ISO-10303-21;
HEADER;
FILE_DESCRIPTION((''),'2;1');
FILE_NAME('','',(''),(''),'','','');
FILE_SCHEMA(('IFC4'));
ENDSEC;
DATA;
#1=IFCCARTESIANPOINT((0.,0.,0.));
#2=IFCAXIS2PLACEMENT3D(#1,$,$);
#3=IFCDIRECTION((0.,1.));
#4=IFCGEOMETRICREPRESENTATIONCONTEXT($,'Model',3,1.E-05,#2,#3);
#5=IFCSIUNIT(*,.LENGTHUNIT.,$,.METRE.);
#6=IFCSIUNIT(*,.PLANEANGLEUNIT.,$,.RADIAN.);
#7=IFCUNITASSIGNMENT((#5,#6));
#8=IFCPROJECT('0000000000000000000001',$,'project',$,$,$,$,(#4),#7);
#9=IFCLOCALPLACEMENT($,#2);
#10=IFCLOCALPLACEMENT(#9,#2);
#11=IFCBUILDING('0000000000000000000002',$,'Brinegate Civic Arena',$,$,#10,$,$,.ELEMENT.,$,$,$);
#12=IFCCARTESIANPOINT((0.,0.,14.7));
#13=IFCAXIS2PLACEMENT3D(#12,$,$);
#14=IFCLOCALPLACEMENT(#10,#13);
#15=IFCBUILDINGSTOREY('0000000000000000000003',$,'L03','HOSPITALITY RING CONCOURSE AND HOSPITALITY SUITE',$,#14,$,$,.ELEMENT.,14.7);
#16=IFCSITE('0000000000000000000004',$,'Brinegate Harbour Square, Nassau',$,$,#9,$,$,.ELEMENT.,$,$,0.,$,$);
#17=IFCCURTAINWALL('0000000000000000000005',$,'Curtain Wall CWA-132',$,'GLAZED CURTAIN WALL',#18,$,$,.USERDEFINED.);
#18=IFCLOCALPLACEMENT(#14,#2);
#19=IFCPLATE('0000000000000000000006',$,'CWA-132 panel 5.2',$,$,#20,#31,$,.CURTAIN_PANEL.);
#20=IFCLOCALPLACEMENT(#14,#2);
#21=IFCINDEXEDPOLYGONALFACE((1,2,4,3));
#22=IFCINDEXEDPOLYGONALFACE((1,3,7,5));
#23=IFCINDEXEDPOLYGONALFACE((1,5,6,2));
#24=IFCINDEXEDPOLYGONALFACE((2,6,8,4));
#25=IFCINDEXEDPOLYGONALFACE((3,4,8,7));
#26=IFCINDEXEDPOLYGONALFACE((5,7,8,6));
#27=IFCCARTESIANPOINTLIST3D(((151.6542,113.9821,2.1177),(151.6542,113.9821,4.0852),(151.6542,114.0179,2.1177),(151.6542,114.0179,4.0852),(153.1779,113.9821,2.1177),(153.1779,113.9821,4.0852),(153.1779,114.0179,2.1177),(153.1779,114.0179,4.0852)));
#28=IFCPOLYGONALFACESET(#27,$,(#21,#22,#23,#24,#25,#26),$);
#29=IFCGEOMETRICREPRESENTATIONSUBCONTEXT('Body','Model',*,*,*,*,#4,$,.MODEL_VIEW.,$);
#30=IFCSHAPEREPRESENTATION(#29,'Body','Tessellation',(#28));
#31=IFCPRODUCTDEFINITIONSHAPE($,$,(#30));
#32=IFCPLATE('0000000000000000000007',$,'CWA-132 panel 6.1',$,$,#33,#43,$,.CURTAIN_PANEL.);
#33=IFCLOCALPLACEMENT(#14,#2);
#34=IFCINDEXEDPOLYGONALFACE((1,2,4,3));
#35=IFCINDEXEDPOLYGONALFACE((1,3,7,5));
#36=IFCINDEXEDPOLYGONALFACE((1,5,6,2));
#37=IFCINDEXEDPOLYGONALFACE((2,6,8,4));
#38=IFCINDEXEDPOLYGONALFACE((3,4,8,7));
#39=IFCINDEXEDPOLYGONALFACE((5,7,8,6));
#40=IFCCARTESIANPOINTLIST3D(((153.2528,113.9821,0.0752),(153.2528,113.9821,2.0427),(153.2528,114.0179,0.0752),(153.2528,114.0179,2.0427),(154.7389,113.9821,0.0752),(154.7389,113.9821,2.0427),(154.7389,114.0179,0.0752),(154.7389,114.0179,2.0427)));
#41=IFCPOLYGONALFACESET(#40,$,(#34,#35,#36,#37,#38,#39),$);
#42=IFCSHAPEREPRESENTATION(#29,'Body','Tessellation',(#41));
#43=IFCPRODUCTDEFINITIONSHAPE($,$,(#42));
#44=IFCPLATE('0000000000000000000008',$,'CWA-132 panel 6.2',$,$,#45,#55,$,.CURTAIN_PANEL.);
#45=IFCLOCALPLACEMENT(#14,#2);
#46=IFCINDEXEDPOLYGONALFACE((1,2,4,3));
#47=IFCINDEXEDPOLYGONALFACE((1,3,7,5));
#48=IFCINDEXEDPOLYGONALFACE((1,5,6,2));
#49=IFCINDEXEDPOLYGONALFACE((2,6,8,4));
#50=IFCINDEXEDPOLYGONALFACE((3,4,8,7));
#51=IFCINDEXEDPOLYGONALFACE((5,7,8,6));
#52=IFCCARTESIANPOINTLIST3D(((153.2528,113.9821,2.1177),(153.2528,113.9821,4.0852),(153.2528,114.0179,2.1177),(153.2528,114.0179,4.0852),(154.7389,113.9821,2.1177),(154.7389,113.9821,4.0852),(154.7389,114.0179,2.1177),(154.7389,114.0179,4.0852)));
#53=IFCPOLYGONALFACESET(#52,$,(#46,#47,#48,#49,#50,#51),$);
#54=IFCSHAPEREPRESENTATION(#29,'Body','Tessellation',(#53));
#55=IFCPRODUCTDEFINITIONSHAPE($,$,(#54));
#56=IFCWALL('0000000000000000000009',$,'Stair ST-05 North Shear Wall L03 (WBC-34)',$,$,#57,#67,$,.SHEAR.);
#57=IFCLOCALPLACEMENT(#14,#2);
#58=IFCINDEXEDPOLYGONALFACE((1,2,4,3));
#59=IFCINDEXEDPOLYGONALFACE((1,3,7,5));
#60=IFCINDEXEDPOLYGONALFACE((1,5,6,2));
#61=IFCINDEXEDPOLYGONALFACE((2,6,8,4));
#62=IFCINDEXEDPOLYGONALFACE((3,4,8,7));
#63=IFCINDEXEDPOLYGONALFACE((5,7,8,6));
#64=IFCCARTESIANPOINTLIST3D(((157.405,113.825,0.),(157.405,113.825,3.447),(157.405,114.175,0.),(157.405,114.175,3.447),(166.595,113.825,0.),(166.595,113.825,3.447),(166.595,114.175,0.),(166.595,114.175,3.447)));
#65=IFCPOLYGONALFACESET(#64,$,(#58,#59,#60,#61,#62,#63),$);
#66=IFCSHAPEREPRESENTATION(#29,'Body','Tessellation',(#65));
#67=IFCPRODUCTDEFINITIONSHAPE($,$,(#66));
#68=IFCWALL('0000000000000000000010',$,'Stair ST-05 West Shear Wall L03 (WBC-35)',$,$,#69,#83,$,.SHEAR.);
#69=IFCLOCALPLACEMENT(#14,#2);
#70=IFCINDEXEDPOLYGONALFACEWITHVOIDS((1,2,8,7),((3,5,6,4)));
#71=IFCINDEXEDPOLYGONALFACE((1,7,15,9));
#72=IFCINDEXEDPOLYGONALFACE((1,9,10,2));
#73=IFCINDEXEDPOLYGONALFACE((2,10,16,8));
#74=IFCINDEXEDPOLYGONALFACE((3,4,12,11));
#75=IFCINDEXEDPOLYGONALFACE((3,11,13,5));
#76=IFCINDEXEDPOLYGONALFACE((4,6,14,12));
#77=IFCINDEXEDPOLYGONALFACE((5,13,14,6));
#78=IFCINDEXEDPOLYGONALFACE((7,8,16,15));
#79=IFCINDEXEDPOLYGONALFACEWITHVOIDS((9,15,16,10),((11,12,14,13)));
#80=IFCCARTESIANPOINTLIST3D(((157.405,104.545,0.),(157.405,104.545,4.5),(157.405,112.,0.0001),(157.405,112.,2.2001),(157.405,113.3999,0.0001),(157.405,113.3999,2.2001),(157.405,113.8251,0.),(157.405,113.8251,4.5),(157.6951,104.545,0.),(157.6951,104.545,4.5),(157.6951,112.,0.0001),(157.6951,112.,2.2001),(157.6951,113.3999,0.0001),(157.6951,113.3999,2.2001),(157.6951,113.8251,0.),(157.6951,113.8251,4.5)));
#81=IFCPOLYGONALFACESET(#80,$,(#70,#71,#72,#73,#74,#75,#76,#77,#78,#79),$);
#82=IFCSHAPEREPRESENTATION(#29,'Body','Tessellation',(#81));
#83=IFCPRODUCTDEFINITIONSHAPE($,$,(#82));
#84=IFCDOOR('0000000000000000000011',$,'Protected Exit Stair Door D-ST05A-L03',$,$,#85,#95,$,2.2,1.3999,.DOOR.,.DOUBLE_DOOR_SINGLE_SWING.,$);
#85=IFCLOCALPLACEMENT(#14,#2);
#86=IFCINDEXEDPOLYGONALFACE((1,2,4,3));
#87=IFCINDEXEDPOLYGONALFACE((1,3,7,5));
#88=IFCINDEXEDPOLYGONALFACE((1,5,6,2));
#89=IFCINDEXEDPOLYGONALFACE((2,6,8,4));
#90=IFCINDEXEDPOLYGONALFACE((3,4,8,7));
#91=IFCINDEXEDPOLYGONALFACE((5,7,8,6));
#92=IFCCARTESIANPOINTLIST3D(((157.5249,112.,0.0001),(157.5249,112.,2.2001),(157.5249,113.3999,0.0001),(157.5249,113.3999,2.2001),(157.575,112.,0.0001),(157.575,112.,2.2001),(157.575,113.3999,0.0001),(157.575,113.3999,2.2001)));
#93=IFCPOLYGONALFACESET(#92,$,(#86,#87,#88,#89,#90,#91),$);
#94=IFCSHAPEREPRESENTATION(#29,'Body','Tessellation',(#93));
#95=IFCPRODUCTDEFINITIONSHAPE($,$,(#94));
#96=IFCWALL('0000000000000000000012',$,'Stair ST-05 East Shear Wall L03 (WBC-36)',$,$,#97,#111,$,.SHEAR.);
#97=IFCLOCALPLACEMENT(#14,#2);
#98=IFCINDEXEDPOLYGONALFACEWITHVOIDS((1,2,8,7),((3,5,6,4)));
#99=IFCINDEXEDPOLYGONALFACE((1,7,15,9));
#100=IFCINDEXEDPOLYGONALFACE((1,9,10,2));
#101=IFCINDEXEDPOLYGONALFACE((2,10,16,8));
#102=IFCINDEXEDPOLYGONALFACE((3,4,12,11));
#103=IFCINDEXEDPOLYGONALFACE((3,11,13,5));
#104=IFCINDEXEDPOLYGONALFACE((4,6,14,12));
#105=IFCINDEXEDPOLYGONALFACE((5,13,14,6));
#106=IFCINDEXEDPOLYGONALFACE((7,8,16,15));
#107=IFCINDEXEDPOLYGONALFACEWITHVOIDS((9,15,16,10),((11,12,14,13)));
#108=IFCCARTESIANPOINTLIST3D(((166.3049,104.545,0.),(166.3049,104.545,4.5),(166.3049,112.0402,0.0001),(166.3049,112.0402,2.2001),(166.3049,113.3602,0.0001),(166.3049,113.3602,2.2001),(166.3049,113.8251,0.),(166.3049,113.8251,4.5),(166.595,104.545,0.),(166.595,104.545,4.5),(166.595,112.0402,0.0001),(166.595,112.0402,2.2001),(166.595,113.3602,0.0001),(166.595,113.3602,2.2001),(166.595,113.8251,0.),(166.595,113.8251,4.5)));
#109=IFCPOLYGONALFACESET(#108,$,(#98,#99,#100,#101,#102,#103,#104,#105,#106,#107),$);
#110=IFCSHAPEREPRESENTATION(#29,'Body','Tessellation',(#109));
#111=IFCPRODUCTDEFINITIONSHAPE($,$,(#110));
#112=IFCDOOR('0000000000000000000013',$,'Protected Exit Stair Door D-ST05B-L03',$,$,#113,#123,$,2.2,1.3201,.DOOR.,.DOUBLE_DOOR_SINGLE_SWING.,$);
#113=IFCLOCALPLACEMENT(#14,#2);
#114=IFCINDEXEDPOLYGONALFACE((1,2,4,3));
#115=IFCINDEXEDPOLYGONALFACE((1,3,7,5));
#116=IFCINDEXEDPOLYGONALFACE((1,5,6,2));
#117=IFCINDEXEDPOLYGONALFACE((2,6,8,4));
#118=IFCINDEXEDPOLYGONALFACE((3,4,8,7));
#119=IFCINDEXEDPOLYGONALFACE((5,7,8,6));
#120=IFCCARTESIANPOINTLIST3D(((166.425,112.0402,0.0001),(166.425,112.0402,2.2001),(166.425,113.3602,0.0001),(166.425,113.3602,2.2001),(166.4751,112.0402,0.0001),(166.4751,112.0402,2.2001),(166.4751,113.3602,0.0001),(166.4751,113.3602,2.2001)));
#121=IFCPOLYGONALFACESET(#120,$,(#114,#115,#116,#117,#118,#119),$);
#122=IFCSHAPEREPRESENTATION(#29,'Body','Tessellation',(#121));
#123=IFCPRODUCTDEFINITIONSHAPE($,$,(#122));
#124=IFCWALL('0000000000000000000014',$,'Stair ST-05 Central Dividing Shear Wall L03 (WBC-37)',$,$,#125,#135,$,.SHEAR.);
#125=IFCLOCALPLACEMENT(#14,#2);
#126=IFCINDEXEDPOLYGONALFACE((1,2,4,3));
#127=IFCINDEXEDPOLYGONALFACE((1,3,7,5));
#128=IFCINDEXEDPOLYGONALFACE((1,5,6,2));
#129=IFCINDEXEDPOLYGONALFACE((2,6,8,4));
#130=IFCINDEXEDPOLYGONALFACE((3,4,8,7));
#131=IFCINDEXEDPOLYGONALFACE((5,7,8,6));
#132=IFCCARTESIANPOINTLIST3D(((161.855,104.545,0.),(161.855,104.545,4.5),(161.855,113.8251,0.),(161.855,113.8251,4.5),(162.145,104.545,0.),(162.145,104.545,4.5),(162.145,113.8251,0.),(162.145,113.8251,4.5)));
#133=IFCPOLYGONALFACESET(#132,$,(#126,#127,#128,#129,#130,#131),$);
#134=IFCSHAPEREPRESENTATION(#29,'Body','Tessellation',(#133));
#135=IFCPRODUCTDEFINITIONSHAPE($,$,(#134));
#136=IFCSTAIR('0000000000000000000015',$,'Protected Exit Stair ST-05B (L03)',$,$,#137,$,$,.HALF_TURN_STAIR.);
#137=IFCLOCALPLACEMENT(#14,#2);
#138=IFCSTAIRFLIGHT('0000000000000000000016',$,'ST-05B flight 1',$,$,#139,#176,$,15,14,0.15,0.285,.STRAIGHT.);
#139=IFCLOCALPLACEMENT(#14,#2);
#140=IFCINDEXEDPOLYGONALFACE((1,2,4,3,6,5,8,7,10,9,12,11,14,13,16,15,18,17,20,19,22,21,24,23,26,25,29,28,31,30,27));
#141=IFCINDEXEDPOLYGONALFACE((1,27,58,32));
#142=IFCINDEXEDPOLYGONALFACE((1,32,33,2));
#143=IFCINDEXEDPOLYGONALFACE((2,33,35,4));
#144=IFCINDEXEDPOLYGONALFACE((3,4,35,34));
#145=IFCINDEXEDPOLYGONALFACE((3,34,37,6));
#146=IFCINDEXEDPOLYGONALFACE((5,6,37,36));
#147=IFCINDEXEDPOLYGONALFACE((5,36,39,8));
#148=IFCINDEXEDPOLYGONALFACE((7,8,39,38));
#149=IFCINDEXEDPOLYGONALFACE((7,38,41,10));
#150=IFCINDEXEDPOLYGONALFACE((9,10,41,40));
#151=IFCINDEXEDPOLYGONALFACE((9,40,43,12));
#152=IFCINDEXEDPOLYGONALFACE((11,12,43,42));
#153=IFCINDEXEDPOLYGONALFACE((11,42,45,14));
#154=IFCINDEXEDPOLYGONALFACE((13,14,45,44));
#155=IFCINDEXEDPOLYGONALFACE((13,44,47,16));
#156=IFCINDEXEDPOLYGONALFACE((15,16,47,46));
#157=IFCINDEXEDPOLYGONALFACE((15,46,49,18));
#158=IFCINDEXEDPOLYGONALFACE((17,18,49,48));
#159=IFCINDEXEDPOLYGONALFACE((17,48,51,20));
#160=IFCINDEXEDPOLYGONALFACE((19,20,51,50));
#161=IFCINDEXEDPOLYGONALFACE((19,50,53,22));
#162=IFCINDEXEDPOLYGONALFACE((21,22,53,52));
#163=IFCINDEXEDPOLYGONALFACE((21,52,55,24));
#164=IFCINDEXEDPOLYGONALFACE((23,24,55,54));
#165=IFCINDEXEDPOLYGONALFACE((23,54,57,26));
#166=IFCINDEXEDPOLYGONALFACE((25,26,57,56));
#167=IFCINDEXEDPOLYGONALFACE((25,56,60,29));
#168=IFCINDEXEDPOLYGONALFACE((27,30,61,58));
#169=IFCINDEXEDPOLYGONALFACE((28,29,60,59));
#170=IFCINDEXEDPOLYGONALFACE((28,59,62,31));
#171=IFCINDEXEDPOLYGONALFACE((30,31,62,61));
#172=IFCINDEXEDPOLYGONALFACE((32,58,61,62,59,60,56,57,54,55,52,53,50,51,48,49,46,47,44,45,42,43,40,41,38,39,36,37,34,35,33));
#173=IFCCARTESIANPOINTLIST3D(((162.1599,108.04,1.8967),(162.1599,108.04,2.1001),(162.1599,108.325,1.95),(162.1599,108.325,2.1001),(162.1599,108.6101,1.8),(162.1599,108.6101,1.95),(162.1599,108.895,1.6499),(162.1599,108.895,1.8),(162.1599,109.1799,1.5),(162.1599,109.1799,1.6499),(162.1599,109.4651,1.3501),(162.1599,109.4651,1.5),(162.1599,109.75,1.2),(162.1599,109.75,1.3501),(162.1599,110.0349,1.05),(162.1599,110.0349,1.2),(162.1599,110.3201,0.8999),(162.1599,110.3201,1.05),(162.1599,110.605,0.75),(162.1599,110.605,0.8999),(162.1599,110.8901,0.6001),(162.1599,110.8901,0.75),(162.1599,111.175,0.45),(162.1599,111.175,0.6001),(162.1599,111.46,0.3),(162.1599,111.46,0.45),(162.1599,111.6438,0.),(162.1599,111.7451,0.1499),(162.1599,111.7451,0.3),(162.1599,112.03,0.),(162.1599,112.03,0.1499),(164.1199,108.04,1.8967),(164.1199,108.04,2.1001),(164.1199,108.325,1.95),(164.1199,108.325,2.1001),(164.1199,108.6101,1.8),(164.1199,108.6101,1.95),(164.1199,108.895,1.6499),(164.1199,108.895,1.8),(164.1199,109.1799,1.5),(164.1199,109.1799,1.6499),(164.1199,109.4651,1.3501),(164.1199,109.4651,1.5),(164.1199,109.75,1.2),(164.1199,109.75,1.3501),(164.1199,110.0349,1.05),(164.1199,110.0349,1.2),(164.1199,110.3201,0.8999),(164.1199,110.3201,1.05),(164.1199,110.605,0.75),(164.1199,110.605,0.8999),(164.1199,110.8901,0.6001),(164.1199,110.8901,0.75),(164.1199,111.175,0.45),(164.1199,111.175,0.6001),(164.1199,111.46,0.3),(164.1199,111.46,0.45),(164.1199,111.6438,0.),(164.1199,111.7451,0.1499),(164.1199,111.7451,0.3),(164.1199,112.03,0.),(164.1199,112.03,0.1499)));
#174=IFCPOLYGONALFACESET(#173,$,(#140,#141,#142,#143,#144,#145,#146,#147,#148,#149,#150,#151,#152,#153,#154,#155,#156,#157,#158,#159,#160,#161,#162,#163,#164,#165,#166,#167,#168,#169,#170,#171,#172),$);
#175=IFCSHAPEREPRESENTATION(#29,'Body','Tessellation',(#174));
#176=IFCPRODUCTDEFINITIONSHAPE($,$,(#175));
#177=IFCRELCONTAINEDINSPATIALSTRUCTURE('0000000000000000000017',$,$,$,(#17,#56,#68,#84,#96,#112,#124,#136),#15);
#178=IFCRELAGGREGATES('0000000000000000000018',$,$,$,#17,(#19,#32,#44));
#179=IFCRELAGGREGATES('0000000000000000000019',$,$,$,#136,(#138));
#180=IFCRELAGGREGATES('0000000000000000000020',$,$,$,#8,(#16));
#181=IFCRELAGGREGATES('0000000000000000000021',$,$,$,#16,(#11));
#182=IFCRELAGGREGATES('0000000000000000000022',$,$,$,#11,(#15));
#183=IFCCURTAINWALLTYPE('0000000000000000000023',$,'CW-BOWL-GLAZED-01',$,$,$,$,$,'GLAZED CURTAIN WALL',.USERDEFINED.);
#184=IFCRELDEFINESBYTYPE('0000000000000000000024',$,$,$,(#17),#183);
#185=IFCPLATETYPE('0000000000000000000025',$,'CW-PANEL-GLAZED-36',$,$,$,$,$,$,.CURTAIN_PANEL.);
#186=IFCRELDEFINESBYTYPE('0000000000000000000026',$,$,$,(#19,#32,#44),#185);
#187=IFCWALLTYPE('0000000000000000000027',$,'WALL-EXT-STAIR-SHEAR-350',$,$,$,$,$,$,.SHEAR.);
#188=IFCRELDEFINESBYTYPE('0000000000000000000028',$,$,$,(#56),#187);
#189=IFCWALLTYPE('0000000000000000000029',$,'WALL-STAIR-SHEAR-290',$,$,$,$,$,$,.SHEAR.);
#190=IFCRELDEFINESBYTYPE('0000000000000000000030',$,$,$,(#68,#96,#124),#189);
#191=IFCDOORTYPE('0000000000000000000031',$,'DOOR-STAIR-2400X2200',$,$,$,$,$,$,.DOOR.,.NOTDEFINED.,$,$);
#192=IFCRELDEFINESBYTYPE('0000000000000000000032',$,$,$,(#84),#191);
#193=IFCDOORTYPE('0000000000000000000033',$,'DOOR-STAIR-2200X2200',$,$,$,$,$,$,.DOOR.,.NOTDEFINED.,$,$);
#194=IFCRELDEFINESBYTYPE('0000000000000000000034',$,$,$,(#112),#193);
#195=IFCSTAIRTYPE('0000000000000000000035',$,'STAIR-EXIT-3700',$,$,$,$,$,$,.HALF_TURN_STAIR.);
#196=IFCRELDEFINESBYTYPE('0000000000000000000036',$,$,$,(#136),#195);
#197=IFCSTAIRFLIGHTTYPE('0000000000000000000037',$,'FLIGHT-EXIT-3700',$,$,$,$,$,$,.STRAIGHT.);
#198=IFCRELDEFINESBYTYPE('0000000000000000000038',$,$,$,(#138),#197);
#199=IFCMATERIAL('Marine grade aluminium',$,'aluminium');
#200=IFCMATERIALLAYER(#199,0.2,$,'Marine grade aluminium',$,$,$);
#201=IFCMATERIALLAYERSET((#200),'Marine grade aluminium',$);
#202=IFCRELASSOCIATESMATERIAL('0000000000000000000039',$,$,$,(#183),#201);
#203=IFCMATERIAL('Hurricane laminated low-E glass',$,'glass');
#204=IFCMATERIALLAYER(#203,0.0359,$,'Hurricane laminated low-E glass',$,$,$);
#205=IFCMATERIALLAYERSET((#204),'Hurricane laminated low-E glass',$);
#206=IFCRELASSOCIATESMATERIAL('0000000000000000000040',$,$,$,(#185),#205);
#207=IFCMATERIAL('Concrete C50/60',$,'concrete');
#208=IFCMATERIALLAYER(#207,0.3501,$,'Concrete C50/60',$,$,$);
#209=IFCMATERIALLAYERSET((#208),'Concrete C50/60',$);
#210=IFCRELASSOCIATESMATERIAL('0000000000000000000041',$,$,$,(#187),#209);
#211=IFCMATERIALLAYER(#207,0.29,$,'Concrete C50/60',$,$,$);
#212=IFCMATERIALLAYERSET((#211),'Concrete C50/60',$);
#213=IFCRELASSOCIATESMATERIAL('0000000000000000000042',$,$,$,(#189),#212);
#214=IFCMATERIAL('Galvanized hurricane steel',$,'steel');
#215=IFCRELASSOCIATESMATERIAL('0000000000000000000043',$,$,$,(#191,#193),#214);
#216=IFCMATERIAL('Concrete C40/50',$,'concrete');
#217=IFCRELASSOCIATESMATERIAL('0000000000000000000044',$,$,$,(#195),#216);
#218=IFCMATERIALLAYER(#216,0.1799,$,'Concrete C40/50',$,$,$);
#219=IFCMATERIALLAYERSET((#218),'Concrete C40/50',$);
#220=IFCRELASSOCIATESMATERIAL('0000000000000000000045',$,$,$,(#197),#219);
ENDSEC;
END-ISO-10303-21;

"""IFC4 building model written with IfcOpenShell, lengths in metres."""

from ifc_helpers import new_model, si_unit, direction, frame, frame_2d, origin, origin_2d, place, context, subcontext, project, spatial, polyline, rectangle, outline, extrude, material, layer, layer_set, type_object, element, fill, aggregate, save


model = new_model("IFC4")

# Units and contexts
model_context = context("Model", 3, precision=1e-05, world=origin(), true_north=direction((0.0, 1.0)))
body_context = subcontext(model_context, "Body", "Model", "MODEL_VIEW")
ifc_project = project(units=[si_unit("LENGTHUNIT", "METRE"), si_unit("PLANEANGLEUNIT", "RADIAN")], contexts=[model_context])

# Site, building, storey
site_placement = place(None, origin())
site = spatial("IfcSite", under=ifc_project, at=site_placement, Name="Brinegate Harbour Square, Nassau", CompositionType="ELEMENT", RefElevation=0.0)
building_placement = place(site_placement, origin())
building = spatial("IfcBuilding", under=site, at=building_placement, Name="Brinegate Civic Arena", CompositionType="ELEMENT")
storey_placement = place(building_placement, frame((0.0, 0.0, 14.7)))
storey = spatial("IfcBuildingStorey", under=building, at=storey_placement, Name="L03", Description="HOSPITALITY RING CONCOURSE AND HOSPITALITY SUITE", CompositionType="ELEMENT", Elevation=14.7)

# Shared definitions
ifc_material_1 = material(Name="Concrete C50/60", Category="concrete")

# Curtain wall
ifc_material_2 = material(Name="Marine grade aluminium", Category="aluminium")
ifc_layer_1 = layer(ifc_material_2, 0.2, Name="Marine grade aluminium")
ifc_layer_set_1 = layer_set([ifc_layer_1], Name="Marine grade aluminium")
curtain_wall_type = type_object("IfcCurtainWallType", Name="CW-BOWL-GLAZED-01", ElementType="GLAZED CURTAIN WALL", PredefinedType="USERDEFINED", material=ifc_layer_set_1)
curtain_wall_placement = place(storey_placement, origin())
curtain_wall = element("IfcCurtainWall", 1, at=curtain_wall_placement, inside=storey, type_object=curtain_wall_type, Name="Curtain Wall CWA-132", ObjectType="GLAZED CURTAIN WALL", PredefinedType="USERDEFINED")

# Plates
ifc_material_3 = material(Name="Hurricane laminated low-E glass", Category="glass")
ifc_layer_2 = layer(ifc_material_3, 0.0359, Name="Hurricane laminated low-E glass")
ifc_layer_set_2 = layer_set([ifc_layer_2], Name="Hurricane laminated low-E glass")
plate_type = type_object("IfcPlateType", Name="CW-PANEL-GLAZED-36", PredefinedType="CURTAIN_PANEL", material=ifc_layer_set_2)
plate_1_placement = place(storey_placement, frame((152.416, 114.0, 2.1177), z_axis=(0.0, 0.0, 1.0), x_axis=(1.0, 0.0, 0.0)))
plate_1 = element("IfcPlate", 2, at=plate_1_placement, type_object=plate_type, Name="CWA-132 panel 5.2", PredefinedType="CURTAIN_PANEL", context=body_context, shape_type="SweptSolid", body=[
    extrude(rectangle(XDim=1.5237, YDim=0.0359, at=origin_2d()), origin(), (0.0, 0.0, 1.0), 1.9675),
])
plate_2_placement = place(storey_placement, frame((153.9958, 114.0, 0.0752), z_axis=(0.0, 0.0, 1.0), x_axis=(1.0, 0.0, 0.0)))
plate_2 = element("IfcPlate", 3, at=plate_2_placement, type_object=plate_type, Name="CWA-132 panel 6.1", PredefinedType="CURTAIN_PANEL", context=body_context, shape_type="SweptSolid", body=[
    extrude(rectangle(XDim=1.4861, YDim=0.0359, at=origin_2d()), origin(), (0.0, 0.0, 1.0), 1.9675),
])
plate_3_placement = place(storey_placement, frame((153.9958, 114.0, 2.1177), z_axis=(0.0, 0.0, 1.0), x_axis=(1.0, 0.0, 0.0)))
plate_3 = element("IfcPlate", 4, at=plate_3_placement, type_object=plate_type, Name="CWA-132 panel 6.2", PredefinedType="CURTAIN_PANEL", context=body_context, shape_type="SweptSolid", body=[
    extrude(rectangle(XDim=1.4861, YDim=0.0359, at=origin_2d()), origin(), (0.0, 0.0, 1.0), 1.9675),
])
aggregate(curtain_wall, [plate_1, plate_2, plate_3])

# Wall
ifc_layer_3 = layer(ifc_material_1, 0.3501, Name="Concrete C50/60")
ifc_layer_set_3 = layer_set([ifc_layer_3], Name="Concrete C50/60")
wall_type_1 = type_object("IfcWallType", Name="WALL-EXT-STAIR-SHEAR-350", PredefinedType="SHEAR", material=ifc_layer_set_3)
wall_1_placement = place(storey_placement, frame((157.405, 114.0, 0.0), z_axis=(0.0, 0.0, 1.0), x_axis=(1.0, 0.0, 0.0)))
element("IfcWall", 5, at=wall_1_placement, inside=storey, type_object=wall_type_1, Name="Stair ST-05 North Shear Wall L03 (WBC-34)", PredefinedType="SHEAR", context=body_context, shape_type="SweptSolid", body=[
    extrude(rectangle(XDim=9.1899, YDim=0.3501, at=frame_2d((4.595, 0.0))), origin(), (0.0, 0.0, 1.0), 3.447),
])

# Walls, openings, doors
ifc_layer_4 = layer(ifc_material_1, 0.29, Name="Concrete C50/60")
ifc_layer_set_4 = layer_set([ifc_layer_4], Name="Concrete C50/60")
wall_type_2 = type_object("IfcWallType", Name="WALL-STAIR-SHEAR-290", PredefinedType="SHEAR", material=ifc_layer_set_4)
wall_2_placement = place(storey_placement, frame((157.55, 104.5449, 0.0), z_axis=(0.0, 0.0, 1.0), x_axis=(0.0, 1.0, 0.0)))
wall_2 = element("IfcWall", 6, at=wall_2_placement, inside=storey, type_object=wall_type_2, Name="Stair ST-05 West Shear Wall L03 (WBC-35)", PredefinedType="SHEAR", context=body_context, shape_type="SweptSolid", body=[
    extrude(rectangle(XDim=9.28, YDim=0.29, at=frame_2d((4.6401, 0.0))), origin(), (0.0, 0.0, 1.0), 4.5),
])
opening_1_placement = place(wall_2_placement, frame((7.4551, 0.0, 0.0)))
opening_1 = element("IfcOpeningElement", 7, at=opening_1_placement, cuts=wall_2, PredefinedType="OPENING", context=body_context, shape_type="SweptSolid", body=[
    extrude(rectangle(XDim=1.3999, YDim=2.2, at=frame_2d((0.7, 1.1001))), frame((0.0, 0.155, 0.0), z_axis=(0.0, -1.0, 0.0), x_axis=(1.0, 0.0, 0.0)), (0.0, 0.0, 1.0), 0.3101),
])
ifc_material_4 = material(Name="Galvanized hurricane steel", Category="steel")
door_type_1 = type_object("IfcDoorType", Name="DOOR-STAIR-2400X2200", OperationType="NOTDEFINED", PredefinedType="DOOR", material=ifc_material_4)
door_1_placement = place(opening_1_placement, frame((1.3999, 0.0, 0.0), z_axis=(0.0, 0.0, 1.0), x_axis=(-1.0, 0.0, 0.0)))
door_1 = element("IfcDoor", 8, at=door_1_placement, inside=storey, type_object=door_type_1, Name="Protected Exit Stair Door D-ST05A-L03", OperationType="DOUBLE_DOOR_SINGLE_SWING", OverallHeight=2.2, OverallWidth=1.3999, PredefinedType="DOOR", context=body_context, shape_type="SweptSolid", body=[
    extrude(rectangle(XDim=1.3999, YDim=2.2, at=frame_2d((0.7, 1.1001))), frame((0.0, 0.0249, 0.0), z_axis=(0.0, -1.0, 0.0), x_axis=(1.0, 0.0, 0.0)), (0.0, 0.0, 1.0), 0.05),
])
fill(opening_1, door_1)
wall_3_placement = place(storey_placement, frame((166.45, 104.5449, 0.0), z_axis=(0.0, 0.0, 1.0), x_axis=(0.0, 1.0, 0.0)))
wall_3 = element("IfcWall", 9, at=wall_3_placement, inside=storey, type_object=wall_type_2, Name="Stair ST-05 East Shear Wall L03 (WBC-36)", PredefinedType="SHEAR", context=body_context, shape_type="SweptSolid", body=[
    extrude(rectangle(XDim=9.28, YDim=0.29, at=frame_2d((4.6401, 0.0))), origin(), (0.0, 0.0, 1.0), 4.5),
])
opening_2_placement = place(wall_3_placement, frame((7.4951, 0.0, 0.0)))
opening_2 = element("IfcOpeningElement", 10, at=opening_2_placement, cuts=wall_3, PredefinedType="OPENING", context=body_context, shape_type="SweptSolid", body=[
    extrude(rectangle(XDim=1.3201, YDim=2.2, at=frame_2d((0.6602, 1.1001))), frame((0.0, 0.155, 0.0), z_axis=(0.0, -1.0, 0.0), x_axis=(1.0, 0.0, 0.0)), (0.0, 0.0, 1.0), 0.3101),
])
door_type_2 = type_object("IfcDoorType", Name="DOOR-STAIR-2200X2200", OperationType="NOTDEFINED", PredefinedType="DOOR", material=ifc_material_4)
door_2_placement = place(opening_2_placement, origin())
door_2 = element("IfcDoor", 11, at=door_2_placement, inside=storey, type_object=door_type_2, Name="Protected Exit Stair Door D-ST05B-L03", OperationType="DOUBLE_DOOR_SINGLE_SWING", OverallHeight=2.2, OverallWidth=1.3201, PredefinedType="DOOR", context=body_context, shape_type="SweptSolid", body=[
    extrude(rectangle(XDim=1.3201, YDim=2.2, at=frame_2d((0.6602, 1.1001))), frame((0.0, 0.0249, 0.0), z_axis=(0.0, -1.0, 0.0), x_axis=(1.0, 0.0, 0.0)), (0.0, 0.0, 1.0), 0.05),
])
fill(opening_2, door_2)

# Wall
wall_4_placement = place(storey_placement, frame((162.0, 104.5449, 0.0), z_axis=(0.0, 0.0, 1.0), x_axis=(0.0, 1.0, 0.0)))
element("IfcWall", 12, at=wall_4_placement, inside=storey, type_object=wall_type_2, Name="Stair ST-05 Central Dividing Shear Wall L03 (WBC-37)", PredefinedType="SHEAR", context=body_context, shape_type="SweptSolid", body=[
    extrude(rectangle(XDim=9.28, YDim=0.29, at=frame_2d((4.6401, 0.0))), origin(), (0.0, 0.0, 1.0), 4.5),
])

# Stair, stair flight
ifc_material_5 = material(Name="Concrete C40/50", Category="concrete")
stair_type_1 = type_object("IfcStairType", Name="STAIR-EXIT-3700", PredefinedType="HALF_TURN_STAIR", material=ifc_material_5)
stair_1_placement = place(storey_placement, origin())
stair_1 = element("IfcStair", 13, at=stair_1_placement, inside=storey, type_object=stair_type_1, Name="Protected Exit Stair ST-05B (L03)", PredefinedType="HALF_TURN_STAIR")
ifc_layer_5 = layer(ifc_material_5, 0.1799, Name="Concrete C40/50")
ifc_layer_set_5 = layer_set([ifc_layer_5], Name="Concrete C40/50")
stair_flight_type_1 = type_object("IfcStairFlightType", Name="FLIGHT-EXIT-3700", PredefinedType="STRAIGHT", material=ifc_layer_set_5)
stair_flight_1_placement = place(storey_placement, frame((163.1399, 112.03, 0.0), z_axis=(0.0, 0.0, 1.0), x_axis=(0.0, -1.0, 0.0)))
stair_flight_1 = element("IfcStairFlight", 14, at=stair_flight_1_placement, type_object=stair_flight_type_1, Name="ST-05B flight 1", NumberOfRisers=15, NumberOfTreads=14, PredefinedType="STRAIGHT", RiserHeight=0.15, TreadLength=0.285, context=body_context, shape_type="SweptSolid", body=[
    extrude(outline(polyline([(0.0, 0.0), (0.0, 0.1499), (0.2849, 0.1499), (0.2849, 0.3), (0.5701, 0.3), (0.5701, 0.45), (0.855, 0.45), (0.855, 0.6001), (1.1399, 0.6001), (1.1399, 0.75), (1.425, 0.75), (1.425, 0.8999), (1.71, 0.8999), (1.71, 1.05), (1.9951, 1.05), (1.9951, 1.2), (2.28, 1.2), (2.28, 1.3501), (2.5649, 1.3501), (2.5649, 1.5), (2.8501, 1.5), (2.8501, 1.6499), (3.135, 1.6499), (3.135, 1.8), (3.4199, 1.8), (3.4199, 1.95), (3.7051, 1.95), (3.7051, 2.1001), (3.99, 2.1001), (3.99, 2.25), (3.99, 1.8967), (0.3862, 0.0), (0.0, 0.0)])), frame((0.0, 0.98, 0.0), z_axis=(0.0, -1.0, 0.0), x_axis=(1.0, 0.0, 0.0)), (0.0, 0.0, 1.0), 1.96),
])
aggregate(stair_1, [stair_flight_1])

save(model, "model.ifc")
